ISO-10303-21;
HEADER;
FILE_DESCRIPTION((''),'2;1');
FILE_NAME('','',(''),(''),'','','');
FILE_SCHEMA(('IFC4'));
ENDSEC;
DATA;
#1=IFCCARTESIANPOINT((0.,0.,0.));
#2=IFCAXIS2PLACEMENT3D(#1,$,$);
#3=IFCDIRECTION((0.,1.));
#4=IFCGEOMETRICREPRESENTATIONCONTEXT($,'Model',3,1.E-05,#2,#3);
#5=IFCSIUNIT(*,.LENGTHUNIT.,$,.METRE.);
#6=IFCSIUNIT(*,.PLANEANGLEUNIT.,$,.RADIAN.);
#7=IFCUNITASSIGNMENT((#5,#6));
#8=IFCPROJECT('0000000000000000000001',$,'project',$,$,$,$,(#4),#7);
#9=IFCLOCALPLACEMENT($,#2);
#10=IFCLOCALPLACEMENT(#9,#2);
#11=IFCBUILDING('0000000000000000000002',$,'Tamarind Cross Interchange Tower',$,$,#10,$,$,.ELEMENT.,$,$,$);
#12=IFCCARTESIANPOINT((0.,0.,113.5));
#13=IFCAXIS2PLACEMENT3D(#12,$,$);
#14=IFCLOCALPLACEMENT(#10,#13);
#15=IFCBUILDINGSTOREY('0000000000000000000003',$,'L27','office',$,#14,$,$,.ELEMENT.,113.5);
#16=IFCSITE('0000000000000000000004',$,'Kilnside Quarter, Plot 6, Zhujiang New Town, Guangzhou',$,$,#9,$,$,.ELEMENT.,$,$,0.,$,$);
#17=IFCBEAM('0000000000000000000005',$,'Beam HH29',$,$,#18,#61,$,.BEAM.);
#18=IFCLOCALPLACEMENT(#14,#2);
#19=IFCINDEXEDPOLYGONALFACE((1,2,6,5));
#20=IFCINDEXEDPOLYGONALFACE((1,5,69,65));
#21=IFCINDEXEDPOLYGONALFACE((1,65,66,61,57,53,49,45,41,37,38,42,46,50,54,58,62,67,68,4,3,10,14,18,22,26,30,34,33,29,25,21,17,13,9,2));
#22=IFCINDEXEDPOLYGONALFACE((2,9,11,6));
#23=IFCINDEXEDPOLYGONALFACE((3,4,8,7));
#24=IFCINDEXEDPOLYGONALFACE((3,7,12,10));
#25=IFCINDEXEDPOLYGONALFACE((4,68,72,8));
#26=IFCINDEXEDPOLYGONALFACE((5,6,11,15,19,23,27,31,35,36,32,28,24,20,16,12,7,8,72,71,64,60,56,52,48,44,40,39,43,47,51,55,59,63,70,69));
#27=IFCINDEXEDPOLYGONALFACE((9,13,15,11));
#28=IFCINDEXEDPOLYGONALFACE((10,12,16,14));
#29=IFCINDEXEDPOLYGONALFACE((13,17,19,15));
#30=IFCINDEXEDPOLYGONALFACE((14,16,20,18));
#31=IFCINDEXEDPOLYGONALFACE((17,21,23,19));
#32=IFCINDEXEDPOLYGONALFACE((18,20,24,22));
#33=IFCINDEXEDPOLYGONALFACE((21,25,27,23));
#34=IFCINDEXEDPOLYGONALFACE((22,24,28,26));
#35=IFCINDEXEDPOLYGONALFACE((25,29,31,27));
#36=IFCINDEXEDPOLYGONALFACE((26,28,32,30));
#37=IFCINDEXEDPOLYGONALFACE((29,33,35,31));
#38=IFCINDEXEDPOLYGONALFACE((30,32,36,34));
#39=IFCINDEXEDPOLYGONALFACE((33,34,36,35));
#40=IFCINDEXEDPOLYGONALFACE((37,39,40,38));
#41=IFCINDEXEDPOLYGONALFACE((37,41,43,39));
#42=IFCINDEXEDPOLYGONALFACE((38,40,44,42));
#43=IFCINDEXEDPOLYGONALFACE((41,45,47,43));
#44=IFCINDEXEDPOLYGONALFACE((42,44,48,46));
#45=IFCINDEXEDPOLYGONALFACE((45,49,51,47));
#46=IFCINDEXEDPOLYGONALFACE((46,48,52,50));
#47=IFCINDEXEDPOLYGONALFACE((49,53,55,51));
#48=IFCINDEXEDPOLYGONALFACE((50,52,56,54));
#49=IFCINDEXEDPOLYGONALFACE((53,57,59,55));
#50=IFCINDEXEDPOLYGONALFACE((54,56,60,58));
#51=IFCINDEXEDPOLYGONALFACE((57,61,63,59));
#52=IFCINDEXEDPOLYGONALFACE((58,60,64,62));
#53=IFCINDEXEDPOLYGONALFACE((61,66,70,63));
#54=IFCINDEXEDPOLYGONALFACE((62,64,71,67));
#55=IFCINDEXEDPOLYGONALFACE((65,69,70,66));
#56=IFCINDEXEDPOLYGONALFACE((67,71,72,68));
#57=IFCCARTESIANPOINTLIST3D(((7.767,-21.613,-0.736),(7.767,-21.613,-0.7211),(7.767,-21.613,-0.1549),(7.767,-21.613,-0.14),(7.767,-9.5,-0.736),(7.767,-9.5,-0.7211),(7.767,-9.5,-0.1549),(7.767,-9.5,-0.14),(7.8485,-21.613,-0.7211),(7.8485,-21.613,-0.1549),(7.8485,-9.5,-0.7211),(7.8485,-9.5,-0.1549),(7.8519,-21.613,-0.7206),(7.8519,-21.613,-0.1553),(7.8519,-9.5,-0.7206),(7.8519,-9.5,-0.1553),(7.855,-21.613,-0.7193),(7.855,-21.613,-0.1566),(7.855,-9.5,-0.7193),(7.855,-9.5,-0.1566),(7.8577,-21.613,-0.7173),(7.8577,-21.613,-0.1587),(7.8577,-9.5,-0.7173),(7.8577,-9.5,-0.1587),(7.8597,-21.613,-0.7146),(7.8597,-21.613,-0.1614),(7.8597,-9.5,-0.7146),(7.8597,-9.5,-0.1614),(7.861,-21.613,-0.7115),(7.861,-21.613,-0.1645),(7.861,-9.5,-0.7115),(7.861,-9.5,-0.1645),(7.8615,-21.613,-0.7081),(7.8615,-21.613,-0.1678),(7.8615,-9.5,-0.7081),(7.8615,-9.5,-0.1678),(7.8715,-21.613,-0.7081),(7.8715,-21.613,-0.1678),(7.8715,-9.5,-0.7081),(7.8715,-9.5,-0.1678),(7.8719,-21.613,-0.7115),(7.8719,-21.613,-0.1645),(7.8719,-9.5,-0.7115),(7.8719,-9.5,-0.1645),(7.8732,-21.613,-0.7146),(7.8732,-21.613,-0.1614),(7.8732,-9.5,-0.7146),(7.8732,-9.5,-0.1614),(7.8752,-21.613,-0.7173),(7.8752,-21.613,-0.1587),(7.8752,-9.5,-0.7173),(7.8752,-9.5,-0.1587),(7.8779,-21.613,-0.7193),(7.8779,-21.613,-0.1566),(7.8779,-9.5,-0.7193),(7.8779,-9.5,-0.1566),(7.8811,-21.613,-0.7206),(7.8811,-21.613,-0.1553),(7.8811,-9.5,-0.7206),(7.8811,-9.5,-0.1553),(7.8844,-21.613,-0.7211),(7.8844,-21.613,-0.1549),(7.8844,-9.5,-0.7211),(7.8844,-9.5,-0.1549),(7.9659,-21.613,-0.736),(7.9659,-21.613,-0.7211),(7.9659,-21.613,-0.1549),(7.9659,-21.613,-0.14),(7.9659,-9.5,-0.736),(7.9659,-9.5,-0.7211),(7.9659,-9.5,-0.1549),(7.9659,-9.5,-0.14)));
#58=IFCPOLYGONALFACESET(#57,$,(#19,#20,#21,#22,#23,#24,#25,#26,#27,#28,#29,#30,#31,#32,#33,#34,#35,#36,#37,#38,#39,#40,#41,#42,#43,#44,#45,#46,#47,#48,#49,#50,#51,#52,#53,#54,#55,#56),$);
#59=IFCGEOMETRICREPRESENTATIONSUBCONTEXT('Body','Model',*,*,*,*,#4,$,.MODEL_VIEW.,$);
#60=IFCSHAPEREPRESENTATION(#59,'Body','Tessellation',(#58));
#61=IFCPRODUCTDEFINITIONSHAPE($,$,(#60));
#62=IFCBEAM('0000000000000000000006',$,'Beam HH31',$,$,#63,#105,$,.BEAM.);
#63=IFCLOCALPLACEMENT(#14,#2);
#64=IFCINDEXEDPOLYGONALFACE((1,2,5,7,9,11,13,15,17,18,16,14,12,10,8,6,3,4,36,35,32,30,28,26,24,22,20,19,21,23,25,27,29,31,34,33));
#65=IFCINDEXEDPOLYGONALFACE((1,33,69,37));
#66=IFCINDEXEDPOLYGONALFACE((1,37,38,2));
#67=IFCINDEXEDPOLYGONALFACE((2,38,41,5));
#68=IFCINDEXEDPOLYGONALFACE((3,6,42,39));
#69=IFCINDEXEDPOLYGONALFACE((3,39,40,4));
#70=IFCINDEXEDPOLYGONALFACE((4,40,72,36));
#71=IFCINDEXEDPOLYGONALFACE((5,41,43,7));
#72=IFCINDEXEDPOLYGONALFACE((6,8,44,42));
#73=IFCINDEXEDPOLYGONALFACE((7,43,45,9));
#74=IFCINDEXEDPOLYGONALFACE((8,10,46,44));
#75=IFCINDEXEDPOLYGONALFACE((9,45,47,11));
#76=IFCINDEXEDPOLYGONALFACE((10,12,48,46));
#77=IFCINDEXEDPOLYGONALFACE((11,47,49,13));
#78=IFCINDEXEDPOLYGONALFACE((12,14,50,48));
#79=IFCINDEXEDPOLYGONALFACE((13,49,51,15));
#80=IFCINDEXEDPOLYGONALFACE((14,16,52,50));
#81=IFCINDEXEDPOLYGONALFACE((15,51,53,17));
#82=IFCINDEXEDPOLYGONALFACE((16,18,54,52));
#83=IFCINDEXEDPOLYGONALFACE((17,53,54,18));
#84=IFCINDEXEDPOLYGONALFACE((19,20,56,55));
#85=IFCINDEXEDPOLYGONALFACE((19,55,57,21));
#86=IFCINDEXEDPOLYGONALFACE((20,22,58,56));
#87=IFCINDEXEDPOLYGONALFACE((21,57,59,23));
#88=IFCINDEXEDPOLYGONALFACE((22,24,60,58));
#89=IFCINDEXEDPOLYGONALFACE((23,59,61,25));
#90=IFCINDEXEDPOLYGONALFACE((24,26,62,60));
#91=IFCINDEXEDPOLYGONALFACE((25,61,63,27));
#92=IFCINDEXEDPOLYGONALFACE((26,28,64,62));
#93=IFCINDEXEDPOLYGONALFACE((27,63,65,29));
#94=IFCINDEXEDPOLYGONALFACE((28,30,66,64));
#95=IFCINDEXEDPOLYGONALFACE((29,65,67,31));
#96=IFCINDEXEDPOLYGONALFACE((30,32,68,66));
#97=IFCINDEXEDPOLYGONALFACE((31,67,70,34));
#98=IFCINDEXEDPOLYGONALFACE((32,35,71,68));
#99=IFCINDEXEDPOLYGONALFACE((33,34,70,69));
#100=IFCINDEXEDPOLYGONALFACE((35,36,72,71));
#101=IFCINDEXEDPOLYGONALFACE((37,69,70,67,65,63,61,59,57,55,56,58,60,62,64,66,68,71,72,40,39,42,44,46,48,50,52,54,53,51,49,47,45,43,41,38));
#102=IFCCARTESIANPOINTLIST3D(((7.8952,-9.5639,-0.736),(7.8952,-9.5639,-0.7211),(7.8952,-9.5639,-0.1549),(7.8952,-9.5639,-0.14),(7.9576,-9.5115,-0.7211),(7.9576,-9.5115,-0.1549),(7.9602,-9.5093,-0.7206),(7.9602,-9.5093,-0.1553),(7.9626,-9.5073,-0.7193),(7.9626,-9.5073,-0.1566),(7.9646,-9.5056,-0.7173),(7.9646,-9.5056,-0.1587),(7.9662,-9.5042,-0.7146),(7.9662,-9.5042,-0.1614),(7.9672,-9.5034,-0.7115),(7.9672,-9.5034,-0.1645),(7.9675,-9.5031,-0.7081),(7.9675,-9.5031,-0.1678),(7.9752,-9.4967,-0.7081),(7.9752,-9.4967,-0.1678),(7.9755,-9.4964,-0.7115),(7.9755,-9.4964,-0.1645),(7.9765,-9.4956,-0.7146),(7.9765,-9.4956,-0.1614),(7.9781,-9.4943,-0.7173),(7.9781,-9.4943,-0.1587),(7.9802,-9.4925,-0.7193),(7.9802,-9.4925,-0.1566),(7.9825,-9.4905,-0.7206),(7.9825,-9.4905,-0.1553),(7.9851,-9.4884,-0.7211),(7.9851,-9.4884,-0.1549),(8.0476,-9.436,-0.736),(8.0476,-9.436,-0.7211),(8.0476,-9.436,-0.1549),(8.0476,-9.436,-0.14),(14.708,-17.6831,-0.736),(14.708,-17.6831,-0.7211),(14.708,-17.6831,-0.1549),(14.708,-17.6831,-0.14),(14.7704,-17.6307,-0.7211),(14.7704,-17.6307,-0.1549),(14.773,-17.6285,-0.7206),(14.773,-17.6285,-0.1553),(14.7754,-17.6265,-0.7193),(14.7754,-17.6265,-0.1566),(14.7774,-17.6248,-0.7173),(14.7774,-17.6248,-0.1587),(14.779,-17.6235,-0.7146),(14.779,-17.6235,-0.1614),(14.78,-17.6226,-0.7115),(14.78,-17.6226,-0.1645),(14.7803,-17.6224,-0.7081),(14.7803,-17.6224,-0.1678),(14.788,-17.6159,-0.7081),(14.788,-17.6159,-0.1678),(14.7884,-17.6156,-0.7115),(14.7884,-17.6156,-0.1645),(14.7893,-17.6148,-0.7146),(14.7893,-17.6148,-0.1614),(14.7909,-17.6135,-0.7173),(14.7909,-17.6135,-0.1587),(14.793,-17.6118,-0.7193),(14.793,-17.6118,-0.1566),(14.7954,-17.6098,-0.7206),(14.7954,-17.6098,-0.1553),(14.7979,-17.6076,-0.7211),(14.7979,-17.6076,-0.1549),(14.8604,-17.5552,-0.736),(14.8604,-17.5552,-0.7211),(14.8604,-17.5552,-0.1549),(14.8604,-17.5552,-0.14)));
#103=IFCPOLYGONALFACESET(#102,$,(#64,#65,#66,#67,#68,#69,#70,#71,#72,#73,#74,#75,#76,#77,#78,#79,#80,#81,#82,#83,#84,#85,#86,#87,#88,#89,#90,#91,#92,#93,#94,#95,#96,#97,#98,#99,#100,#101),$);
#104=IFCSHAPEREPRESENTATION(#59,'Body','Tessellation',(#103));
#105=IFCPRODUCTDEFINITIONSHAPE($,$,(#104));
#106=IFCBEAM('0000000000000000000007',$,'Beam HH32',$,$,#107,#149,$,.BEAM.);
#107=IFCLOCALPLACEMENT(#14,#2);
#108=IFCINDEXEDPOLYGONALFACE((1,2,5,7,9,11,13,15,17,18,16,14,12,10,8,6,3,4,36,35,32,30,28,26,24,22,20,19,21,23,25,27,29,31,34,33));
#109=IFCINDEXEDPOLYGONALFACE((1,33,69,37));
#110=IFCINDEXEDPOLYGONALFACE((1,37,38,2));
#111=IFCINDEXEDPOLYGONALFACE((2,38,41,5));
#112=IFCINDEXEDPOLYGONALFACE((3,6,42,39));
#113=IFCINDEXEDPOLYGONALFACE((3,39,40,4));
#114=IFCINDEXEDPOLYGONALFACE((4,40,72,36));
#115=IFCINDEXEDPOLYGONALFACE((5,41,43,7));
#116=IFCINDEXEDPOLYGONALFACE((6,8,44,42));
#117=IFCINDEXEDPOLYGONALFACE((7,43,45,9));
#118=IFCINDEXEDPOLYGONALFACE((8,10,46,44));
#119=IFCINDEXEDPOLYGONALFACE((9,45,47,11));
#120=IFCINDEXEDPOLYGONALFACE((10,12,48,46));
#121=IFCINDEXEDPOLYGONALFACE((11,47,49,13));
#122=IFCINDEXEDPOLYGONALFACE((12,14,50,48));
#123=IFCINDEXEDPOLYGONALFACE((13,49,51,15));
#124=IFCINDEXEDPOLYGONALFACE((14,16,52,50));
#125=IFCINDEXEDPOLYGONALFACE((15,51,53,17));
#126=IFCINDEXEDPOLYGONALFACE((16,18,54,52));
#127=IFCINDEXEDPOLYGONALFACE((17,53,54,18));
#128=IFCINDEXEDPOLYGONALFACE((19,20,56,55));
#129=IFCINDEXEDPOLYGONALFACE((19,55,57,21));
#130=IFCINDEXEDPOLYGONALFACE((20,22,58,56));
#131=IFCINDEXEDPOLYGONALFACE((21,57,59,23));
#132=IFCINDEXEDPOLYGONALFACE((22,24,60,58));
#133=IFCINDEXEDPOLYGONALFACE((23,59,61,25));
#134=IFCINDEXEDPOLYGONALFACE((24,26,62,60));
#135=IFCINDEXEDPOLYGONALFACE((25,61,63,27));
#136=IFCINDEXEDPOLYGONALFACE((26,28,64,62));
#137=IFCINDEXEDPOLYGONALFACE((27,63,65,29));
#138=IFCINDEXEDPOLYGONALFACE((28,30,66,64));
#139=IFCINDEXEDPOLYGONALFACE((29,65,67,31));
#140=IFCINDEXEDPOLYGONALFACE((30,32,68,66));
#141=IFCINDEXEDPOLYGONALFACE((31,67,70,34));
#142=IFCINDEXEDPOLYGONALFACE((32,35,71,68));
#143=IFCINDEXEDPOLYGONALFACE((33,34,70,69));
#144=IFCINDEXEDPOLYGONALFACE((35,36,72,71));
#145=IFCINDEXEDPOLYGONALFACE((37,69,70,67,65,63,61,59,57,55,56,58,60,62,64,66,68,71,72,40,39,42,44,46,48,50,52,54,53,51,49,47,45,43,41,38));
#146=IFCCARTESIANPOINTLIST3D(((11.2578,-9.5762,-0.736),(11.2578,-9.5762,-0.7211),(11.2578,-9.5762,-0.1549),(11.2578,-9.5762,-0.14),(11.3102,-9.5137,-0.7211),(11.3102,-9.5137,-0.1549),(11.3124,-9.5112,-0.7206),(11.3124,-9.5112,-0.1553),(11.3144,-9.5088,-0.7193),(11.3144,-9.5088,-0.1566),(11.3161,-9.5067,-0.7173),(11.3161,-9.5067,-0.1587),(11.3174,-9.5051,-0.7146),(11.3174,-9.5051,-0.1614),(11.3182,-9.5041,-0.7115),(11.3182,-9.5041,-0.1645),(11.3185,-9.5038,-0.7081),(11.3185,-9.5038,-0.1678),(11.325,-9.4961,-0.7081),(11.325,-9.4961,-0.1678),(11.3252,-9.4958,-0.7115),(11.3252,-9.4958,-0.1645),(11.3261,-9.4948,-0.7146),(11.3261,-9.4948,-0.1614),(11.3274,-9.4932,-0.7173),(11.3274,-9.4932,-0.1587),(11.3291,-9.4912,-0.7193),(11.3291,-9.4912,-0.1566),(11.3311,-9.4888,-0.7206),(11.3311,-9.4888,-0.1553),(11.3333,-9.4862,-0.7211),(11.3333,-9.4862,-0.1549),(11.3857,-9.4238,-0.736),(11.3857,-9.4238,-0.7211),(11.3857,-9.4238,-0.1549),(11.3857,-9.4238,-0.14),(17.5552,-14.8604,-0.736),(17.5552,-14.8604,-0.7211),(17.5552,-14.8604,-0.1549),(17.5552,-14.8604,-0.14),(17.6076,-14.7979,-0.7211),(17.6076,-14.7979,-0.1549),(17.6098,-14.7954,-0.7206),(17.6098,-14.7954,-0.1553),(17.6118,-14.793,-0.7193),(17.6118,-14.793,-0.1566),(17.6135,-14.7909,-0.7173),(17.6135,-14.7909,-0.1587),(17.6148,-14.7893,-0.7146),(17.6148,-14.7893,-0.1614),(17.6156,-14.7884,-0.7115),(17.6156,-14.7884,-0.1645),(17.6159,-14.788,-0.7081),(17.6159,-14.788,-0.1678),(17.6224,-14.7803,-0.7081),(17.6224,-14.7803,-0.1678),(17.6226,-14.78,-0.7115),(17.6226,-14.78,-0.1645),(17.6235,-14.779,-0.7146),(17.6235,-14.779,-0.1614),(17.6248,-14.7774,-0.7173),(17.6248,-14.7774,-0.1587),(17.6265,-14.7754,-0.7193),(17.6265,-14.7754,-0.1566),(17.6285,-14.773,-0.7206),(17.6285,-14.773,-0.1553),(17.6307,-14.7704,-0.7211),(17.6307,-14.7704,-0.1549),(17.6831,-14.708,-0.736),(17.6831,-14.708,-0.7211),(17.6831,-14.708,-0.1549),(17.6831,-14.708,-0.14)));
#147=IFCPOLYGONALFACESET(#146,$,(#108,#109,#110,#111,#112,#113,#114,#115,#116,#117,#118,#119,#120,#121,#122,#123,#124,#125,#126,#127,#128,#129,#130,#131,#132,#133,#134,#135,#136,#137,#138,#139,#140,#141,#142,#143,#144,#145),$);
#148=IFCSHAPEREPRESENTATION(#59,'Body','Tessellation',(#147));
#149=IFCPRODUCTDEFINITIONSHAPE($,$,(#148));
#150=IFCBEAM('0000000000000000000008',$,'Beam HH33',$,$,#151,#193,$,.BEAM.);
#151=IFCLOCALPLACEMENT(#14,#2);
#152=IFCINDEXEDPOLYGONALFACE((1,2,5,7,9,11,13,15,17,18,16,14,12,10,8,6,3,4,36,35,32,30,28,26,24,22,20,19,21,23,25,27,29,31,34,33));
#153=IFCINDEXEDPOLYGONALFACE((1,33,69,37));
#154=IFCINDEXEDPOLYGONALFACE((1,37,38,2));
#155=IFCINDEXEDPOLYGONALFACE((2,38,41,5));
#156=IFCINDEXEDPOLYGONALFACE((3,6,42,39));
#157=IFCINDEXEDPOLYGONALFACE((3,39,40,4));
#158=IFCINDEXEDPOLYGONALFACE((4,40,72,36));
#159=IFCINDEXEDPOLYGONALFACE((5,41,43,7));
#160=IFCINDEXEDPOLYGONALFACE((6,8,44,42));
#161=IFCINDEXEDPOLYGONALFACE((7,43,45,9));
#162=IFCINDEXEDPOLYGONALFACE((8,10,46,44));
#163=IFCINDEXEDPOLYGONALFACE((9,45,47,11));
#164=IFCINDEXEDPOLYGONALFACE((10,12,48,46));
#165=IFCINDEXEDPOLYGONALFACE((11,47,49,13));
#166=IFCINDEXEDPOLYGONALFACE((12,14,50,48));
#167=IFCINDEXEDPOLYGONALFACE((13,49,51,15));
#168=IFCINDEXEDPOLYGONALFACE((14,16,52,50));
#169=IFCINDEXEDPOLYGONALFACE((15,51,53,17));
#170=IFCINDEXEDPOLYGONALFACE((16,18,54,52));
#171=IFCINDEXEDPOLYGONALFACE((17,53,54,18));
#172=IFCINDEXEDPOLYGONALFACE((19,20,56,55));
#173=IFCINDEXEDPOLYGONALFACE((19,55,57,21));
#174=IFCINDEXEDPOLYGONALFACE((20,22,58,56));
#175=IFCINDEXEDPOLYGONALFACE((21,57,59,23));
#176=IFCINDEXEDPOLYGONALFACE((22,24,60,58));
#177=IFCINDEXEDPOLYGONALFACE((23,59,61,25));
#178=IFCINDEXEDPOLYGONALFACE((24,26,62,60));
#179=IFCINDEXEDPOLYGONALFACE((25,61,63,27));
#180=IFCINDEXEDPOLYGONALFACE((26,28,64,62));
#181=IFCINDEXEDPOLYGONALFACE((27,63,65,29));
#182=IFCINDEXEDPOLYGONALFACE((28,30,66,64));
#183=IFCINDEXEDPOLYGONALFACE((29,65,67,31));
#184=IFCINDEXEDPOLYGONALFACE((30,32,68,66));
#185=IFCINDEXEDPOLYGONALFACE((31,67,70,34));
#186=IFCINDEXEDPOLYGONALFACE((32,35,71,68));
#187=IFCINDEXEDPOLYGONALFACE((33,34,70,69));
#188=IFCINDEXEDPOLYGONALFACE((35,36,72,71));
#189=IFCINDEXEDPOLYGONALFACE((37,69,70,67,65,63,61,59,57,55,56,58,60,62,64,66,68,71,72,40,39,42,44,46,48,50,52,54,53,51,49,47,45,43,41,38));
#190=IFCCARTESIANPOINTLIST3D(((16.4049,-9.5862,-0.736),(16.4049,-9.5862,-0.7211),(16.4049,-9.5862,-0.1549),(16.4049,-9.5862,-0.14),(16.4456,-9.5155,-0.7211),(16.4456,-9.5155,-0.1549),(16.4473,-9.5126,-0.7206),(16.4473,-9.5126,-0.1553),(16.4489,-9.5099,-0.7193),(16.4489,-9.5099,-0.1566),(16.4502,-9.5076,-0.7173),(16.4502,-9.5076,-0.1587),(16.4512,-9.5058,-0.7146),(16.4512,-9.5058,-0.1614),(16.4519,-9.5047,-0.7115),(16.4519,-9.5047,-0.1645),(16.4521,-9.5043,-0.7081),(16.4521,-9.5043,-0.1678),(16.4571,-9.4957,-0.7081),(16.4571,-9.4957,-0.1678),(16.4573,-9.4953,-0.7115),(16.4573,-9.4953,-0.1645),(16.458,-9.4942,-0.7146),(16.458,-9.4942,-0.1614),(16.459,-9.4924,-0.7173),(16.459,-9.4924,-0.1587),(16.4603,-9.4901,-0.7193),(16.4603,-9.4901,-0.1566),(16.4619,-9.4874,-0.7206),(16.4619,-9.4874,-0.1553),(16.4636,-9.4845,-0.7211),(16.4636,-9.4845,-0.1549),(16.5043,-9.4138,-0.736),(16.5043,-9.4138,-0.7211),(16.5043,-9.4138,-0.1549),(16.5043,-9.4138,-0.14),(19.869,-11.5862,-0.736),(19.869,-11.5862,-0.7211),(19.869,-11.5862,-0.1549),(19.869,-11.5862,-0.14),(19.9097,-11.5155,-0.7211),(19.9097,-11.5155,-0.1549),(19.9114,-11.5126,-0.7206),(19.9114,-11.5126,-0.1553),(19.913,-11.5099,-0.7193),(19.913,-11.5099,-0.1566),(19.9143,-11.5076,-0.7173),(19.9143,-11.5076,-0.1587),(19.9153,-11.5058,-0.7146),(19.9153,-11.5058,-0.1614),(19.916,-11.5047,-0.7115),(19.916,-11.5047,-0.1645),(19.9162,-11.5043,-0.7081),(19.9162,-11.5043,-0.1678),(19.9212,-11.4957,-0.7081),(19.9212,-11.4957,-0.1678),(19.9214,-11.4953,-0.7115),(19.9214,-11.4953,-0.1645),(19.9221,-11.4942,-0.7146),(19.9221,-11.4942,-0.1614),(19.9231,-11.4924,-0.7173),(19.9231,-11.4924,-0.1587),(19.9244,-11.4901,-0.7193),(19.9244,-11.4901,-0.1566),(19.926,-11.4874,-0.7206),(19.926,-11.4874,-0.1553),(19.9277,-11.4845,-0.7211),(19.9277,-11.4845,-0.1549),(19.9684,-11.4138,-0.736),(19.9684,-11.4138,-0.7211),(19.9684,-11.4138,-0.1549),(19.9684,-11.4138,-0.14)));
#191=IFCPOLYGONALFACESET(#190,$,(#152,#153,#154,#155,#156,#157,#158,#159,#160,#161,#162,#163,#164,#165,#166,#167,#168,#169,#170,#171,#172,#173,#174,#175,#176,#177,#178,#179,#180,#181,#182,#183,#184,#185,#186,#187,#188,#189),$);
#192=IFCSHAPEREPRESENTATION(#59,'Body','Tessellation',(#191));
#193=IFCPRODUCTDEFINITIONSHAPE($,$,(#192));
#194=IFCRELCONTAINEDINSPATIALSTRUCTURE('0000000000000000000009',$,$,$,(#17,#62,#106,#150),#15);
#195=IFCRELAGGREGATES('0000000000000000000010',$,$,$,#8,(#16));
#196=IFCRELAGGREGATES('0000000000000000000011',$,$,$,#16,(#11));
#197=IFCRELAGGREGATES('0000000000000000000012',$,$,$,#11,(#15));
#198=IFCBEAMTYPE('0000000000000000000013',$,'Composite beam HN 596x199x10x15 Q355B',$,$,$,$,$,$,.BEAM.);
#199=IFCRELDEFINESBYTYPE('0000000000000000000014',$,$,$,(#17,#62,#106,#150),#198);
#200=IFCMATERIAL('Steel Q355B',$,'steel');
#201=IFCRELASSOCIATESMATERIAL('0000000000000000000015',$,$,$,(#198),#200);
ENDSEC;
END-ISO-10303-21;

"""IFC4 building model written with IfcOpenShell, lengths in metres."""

from ifc_helpers import new_model, si_unit, direction, frame, origin, origin_2d, place, context, subcontext, project, spatial, i_section, extrude, material, material_profile, profile_set, type_object, element, save


model = new_model("IFC4")

# Units and contexts
model_context = context("Model", 3, precision=1e-05, world=origin(), true_north=direction((0.0, 1.0)))
body_context = subcontext(model_context, "Body", "Model", "MODEL_VIEW")
ifc_project = project(units=[si_unit("LENGTHUNIT", "METRE"), si_unit("PLANEANGLEUNIT", "RADIAN")], contexts=[model_context])

# Site, building, storey
site_placement = place(None, origin())
site = spatial("IfcSite", under=ifc_project, at=site_placement, Name="Kilnside Quarter, Plot 6, Zhujiang New Town, Guangzhou", CompositionType="ELEMENT", RefElevation=0.0)
building_placement = place(site_placement, origin())
building = spatial("IfcBuilding", under=site, at=building_placement, Name="Tamarind Cross Interchange Tower", CompositionType="ELEMENT")
storey_placement = place(building_placement, frame((0.0, 0.0, 113.5)))
storey = spatial("IfcBuildingStorey", under=building, at=storey_placement, Name="L27", Description="office", CompositionType="ELEMENT", Elevation=113.5)

# Beams
ifc_material_1 = material(Name="Steel Q355B", Category="steel")
ifc_material_profile_1 = material_profile(ifc_material_1, i_section(OverallWidth=0.199, OverallDepth=0.5959, WebThickness=0.01, FlangeThickness=0.0149, FilletRadius=0.0129, at=origin_2d()), Name="HN 596x199x10x15")
ifc_profile_set_1 = profile_set([ifc_material_profile_1], Name="Steel Q355B")
beam_type = type_object("IfcBeamType", Name="Composite beam HN 596x199x10x15 Q355B", PredefinedType="BEAM", material=ifc_profile_set_1)
beam_1_placement = place(storey_placement, frame((7.8665, -21.613, -0.438), z_axis=(0.0, 1.0, 0.0), x_axis=(-1.0, 0.0, 0.0)))
element("IfcBeam", 1, at=beam_1_placement, inside=storey, type_object=beam_type, Name="Beam HH29", PredefinedType="BEAM", context=body_context, shape_type="SweptSolid", body=[
    extrude(i_section(OverallWidth=0.199, OverallDepth=0.5959, WebThickness=0.01, FlangeThickness=0.0149, FilletRadius=0.0129, at=origin_2d()), origin(), (0.0, 0.0, 1.0), 12.113),
])
beam_2_placement = place(storey_placement, frame((14.7842, -17.6191, -0.438), z_axis=(-0.642786, 0.766046, 0.0), x_axis=(-0.766046, -0.642786, 0.0)))
element("IfcBeam", 2, at=beam_2_placement, inside=storey, type_object=beam_type, Name="Beam HH31", PredefinedType="BEAM", context=body_context, shape_type="SweptSolid", body=[
    extrude(i_section(OverallWidth=0.199, OverallDepth=0.5959, WebThickness=0.01, FlangeThickness=0.0149, FilletRadius=0.0129, at=origin_2d()), origin(), (0.0, 0.0, 1.0), 10.5989),
])
beam_3_placement = place(storey_placement, frame((17.6191, -14.7842, -0.438), z_axis=(-0.766041, 0.642792, 0.0), x_axis=(-0.642792, -0.766041, 0.0)))
element("IfcBeam", 3, at=beam_3_placement, inside=storey, type_object=beam_type, Name="Beam HH32", PredefinedType="BEAM", context=body_context, shape_type="SweptSolid", body=[
    extrude(i_section(OverallWidth=0.199, OverallDepth=0.5959, WebThickness=0.01, FlangeThickness=0.0149, FilletRadius=0.0129, at=origin_2d()), origin(), (0.0, 0.0, 1.0), 8.2207),
])
beam_4_placement = place(storey_placement, frame((19.9187, -11.5, -0.438), z_axis=(-0.866026, 0.499999, 0.0), x_axis=(-0.499999, -0.866026, 0.0)))
element("IfcBeam", 4, at=beam_4_placement, inside=storey, type_object=beam_type, Name="Beam HH33", PredefinedType="BEAM", context=body_context, shape_type="SweptSolid", body=[
    extrude(i_section(OverallWidth=0.199, OverallDepth=0.5959, WebThickness=0.01, FlangeThickness=0.0149, FilletRadius=0.0129, at=origin_2d()), origin(), (0.0, 0.0, 1.0), 4.0),
])

save(model, "model.ifc")
